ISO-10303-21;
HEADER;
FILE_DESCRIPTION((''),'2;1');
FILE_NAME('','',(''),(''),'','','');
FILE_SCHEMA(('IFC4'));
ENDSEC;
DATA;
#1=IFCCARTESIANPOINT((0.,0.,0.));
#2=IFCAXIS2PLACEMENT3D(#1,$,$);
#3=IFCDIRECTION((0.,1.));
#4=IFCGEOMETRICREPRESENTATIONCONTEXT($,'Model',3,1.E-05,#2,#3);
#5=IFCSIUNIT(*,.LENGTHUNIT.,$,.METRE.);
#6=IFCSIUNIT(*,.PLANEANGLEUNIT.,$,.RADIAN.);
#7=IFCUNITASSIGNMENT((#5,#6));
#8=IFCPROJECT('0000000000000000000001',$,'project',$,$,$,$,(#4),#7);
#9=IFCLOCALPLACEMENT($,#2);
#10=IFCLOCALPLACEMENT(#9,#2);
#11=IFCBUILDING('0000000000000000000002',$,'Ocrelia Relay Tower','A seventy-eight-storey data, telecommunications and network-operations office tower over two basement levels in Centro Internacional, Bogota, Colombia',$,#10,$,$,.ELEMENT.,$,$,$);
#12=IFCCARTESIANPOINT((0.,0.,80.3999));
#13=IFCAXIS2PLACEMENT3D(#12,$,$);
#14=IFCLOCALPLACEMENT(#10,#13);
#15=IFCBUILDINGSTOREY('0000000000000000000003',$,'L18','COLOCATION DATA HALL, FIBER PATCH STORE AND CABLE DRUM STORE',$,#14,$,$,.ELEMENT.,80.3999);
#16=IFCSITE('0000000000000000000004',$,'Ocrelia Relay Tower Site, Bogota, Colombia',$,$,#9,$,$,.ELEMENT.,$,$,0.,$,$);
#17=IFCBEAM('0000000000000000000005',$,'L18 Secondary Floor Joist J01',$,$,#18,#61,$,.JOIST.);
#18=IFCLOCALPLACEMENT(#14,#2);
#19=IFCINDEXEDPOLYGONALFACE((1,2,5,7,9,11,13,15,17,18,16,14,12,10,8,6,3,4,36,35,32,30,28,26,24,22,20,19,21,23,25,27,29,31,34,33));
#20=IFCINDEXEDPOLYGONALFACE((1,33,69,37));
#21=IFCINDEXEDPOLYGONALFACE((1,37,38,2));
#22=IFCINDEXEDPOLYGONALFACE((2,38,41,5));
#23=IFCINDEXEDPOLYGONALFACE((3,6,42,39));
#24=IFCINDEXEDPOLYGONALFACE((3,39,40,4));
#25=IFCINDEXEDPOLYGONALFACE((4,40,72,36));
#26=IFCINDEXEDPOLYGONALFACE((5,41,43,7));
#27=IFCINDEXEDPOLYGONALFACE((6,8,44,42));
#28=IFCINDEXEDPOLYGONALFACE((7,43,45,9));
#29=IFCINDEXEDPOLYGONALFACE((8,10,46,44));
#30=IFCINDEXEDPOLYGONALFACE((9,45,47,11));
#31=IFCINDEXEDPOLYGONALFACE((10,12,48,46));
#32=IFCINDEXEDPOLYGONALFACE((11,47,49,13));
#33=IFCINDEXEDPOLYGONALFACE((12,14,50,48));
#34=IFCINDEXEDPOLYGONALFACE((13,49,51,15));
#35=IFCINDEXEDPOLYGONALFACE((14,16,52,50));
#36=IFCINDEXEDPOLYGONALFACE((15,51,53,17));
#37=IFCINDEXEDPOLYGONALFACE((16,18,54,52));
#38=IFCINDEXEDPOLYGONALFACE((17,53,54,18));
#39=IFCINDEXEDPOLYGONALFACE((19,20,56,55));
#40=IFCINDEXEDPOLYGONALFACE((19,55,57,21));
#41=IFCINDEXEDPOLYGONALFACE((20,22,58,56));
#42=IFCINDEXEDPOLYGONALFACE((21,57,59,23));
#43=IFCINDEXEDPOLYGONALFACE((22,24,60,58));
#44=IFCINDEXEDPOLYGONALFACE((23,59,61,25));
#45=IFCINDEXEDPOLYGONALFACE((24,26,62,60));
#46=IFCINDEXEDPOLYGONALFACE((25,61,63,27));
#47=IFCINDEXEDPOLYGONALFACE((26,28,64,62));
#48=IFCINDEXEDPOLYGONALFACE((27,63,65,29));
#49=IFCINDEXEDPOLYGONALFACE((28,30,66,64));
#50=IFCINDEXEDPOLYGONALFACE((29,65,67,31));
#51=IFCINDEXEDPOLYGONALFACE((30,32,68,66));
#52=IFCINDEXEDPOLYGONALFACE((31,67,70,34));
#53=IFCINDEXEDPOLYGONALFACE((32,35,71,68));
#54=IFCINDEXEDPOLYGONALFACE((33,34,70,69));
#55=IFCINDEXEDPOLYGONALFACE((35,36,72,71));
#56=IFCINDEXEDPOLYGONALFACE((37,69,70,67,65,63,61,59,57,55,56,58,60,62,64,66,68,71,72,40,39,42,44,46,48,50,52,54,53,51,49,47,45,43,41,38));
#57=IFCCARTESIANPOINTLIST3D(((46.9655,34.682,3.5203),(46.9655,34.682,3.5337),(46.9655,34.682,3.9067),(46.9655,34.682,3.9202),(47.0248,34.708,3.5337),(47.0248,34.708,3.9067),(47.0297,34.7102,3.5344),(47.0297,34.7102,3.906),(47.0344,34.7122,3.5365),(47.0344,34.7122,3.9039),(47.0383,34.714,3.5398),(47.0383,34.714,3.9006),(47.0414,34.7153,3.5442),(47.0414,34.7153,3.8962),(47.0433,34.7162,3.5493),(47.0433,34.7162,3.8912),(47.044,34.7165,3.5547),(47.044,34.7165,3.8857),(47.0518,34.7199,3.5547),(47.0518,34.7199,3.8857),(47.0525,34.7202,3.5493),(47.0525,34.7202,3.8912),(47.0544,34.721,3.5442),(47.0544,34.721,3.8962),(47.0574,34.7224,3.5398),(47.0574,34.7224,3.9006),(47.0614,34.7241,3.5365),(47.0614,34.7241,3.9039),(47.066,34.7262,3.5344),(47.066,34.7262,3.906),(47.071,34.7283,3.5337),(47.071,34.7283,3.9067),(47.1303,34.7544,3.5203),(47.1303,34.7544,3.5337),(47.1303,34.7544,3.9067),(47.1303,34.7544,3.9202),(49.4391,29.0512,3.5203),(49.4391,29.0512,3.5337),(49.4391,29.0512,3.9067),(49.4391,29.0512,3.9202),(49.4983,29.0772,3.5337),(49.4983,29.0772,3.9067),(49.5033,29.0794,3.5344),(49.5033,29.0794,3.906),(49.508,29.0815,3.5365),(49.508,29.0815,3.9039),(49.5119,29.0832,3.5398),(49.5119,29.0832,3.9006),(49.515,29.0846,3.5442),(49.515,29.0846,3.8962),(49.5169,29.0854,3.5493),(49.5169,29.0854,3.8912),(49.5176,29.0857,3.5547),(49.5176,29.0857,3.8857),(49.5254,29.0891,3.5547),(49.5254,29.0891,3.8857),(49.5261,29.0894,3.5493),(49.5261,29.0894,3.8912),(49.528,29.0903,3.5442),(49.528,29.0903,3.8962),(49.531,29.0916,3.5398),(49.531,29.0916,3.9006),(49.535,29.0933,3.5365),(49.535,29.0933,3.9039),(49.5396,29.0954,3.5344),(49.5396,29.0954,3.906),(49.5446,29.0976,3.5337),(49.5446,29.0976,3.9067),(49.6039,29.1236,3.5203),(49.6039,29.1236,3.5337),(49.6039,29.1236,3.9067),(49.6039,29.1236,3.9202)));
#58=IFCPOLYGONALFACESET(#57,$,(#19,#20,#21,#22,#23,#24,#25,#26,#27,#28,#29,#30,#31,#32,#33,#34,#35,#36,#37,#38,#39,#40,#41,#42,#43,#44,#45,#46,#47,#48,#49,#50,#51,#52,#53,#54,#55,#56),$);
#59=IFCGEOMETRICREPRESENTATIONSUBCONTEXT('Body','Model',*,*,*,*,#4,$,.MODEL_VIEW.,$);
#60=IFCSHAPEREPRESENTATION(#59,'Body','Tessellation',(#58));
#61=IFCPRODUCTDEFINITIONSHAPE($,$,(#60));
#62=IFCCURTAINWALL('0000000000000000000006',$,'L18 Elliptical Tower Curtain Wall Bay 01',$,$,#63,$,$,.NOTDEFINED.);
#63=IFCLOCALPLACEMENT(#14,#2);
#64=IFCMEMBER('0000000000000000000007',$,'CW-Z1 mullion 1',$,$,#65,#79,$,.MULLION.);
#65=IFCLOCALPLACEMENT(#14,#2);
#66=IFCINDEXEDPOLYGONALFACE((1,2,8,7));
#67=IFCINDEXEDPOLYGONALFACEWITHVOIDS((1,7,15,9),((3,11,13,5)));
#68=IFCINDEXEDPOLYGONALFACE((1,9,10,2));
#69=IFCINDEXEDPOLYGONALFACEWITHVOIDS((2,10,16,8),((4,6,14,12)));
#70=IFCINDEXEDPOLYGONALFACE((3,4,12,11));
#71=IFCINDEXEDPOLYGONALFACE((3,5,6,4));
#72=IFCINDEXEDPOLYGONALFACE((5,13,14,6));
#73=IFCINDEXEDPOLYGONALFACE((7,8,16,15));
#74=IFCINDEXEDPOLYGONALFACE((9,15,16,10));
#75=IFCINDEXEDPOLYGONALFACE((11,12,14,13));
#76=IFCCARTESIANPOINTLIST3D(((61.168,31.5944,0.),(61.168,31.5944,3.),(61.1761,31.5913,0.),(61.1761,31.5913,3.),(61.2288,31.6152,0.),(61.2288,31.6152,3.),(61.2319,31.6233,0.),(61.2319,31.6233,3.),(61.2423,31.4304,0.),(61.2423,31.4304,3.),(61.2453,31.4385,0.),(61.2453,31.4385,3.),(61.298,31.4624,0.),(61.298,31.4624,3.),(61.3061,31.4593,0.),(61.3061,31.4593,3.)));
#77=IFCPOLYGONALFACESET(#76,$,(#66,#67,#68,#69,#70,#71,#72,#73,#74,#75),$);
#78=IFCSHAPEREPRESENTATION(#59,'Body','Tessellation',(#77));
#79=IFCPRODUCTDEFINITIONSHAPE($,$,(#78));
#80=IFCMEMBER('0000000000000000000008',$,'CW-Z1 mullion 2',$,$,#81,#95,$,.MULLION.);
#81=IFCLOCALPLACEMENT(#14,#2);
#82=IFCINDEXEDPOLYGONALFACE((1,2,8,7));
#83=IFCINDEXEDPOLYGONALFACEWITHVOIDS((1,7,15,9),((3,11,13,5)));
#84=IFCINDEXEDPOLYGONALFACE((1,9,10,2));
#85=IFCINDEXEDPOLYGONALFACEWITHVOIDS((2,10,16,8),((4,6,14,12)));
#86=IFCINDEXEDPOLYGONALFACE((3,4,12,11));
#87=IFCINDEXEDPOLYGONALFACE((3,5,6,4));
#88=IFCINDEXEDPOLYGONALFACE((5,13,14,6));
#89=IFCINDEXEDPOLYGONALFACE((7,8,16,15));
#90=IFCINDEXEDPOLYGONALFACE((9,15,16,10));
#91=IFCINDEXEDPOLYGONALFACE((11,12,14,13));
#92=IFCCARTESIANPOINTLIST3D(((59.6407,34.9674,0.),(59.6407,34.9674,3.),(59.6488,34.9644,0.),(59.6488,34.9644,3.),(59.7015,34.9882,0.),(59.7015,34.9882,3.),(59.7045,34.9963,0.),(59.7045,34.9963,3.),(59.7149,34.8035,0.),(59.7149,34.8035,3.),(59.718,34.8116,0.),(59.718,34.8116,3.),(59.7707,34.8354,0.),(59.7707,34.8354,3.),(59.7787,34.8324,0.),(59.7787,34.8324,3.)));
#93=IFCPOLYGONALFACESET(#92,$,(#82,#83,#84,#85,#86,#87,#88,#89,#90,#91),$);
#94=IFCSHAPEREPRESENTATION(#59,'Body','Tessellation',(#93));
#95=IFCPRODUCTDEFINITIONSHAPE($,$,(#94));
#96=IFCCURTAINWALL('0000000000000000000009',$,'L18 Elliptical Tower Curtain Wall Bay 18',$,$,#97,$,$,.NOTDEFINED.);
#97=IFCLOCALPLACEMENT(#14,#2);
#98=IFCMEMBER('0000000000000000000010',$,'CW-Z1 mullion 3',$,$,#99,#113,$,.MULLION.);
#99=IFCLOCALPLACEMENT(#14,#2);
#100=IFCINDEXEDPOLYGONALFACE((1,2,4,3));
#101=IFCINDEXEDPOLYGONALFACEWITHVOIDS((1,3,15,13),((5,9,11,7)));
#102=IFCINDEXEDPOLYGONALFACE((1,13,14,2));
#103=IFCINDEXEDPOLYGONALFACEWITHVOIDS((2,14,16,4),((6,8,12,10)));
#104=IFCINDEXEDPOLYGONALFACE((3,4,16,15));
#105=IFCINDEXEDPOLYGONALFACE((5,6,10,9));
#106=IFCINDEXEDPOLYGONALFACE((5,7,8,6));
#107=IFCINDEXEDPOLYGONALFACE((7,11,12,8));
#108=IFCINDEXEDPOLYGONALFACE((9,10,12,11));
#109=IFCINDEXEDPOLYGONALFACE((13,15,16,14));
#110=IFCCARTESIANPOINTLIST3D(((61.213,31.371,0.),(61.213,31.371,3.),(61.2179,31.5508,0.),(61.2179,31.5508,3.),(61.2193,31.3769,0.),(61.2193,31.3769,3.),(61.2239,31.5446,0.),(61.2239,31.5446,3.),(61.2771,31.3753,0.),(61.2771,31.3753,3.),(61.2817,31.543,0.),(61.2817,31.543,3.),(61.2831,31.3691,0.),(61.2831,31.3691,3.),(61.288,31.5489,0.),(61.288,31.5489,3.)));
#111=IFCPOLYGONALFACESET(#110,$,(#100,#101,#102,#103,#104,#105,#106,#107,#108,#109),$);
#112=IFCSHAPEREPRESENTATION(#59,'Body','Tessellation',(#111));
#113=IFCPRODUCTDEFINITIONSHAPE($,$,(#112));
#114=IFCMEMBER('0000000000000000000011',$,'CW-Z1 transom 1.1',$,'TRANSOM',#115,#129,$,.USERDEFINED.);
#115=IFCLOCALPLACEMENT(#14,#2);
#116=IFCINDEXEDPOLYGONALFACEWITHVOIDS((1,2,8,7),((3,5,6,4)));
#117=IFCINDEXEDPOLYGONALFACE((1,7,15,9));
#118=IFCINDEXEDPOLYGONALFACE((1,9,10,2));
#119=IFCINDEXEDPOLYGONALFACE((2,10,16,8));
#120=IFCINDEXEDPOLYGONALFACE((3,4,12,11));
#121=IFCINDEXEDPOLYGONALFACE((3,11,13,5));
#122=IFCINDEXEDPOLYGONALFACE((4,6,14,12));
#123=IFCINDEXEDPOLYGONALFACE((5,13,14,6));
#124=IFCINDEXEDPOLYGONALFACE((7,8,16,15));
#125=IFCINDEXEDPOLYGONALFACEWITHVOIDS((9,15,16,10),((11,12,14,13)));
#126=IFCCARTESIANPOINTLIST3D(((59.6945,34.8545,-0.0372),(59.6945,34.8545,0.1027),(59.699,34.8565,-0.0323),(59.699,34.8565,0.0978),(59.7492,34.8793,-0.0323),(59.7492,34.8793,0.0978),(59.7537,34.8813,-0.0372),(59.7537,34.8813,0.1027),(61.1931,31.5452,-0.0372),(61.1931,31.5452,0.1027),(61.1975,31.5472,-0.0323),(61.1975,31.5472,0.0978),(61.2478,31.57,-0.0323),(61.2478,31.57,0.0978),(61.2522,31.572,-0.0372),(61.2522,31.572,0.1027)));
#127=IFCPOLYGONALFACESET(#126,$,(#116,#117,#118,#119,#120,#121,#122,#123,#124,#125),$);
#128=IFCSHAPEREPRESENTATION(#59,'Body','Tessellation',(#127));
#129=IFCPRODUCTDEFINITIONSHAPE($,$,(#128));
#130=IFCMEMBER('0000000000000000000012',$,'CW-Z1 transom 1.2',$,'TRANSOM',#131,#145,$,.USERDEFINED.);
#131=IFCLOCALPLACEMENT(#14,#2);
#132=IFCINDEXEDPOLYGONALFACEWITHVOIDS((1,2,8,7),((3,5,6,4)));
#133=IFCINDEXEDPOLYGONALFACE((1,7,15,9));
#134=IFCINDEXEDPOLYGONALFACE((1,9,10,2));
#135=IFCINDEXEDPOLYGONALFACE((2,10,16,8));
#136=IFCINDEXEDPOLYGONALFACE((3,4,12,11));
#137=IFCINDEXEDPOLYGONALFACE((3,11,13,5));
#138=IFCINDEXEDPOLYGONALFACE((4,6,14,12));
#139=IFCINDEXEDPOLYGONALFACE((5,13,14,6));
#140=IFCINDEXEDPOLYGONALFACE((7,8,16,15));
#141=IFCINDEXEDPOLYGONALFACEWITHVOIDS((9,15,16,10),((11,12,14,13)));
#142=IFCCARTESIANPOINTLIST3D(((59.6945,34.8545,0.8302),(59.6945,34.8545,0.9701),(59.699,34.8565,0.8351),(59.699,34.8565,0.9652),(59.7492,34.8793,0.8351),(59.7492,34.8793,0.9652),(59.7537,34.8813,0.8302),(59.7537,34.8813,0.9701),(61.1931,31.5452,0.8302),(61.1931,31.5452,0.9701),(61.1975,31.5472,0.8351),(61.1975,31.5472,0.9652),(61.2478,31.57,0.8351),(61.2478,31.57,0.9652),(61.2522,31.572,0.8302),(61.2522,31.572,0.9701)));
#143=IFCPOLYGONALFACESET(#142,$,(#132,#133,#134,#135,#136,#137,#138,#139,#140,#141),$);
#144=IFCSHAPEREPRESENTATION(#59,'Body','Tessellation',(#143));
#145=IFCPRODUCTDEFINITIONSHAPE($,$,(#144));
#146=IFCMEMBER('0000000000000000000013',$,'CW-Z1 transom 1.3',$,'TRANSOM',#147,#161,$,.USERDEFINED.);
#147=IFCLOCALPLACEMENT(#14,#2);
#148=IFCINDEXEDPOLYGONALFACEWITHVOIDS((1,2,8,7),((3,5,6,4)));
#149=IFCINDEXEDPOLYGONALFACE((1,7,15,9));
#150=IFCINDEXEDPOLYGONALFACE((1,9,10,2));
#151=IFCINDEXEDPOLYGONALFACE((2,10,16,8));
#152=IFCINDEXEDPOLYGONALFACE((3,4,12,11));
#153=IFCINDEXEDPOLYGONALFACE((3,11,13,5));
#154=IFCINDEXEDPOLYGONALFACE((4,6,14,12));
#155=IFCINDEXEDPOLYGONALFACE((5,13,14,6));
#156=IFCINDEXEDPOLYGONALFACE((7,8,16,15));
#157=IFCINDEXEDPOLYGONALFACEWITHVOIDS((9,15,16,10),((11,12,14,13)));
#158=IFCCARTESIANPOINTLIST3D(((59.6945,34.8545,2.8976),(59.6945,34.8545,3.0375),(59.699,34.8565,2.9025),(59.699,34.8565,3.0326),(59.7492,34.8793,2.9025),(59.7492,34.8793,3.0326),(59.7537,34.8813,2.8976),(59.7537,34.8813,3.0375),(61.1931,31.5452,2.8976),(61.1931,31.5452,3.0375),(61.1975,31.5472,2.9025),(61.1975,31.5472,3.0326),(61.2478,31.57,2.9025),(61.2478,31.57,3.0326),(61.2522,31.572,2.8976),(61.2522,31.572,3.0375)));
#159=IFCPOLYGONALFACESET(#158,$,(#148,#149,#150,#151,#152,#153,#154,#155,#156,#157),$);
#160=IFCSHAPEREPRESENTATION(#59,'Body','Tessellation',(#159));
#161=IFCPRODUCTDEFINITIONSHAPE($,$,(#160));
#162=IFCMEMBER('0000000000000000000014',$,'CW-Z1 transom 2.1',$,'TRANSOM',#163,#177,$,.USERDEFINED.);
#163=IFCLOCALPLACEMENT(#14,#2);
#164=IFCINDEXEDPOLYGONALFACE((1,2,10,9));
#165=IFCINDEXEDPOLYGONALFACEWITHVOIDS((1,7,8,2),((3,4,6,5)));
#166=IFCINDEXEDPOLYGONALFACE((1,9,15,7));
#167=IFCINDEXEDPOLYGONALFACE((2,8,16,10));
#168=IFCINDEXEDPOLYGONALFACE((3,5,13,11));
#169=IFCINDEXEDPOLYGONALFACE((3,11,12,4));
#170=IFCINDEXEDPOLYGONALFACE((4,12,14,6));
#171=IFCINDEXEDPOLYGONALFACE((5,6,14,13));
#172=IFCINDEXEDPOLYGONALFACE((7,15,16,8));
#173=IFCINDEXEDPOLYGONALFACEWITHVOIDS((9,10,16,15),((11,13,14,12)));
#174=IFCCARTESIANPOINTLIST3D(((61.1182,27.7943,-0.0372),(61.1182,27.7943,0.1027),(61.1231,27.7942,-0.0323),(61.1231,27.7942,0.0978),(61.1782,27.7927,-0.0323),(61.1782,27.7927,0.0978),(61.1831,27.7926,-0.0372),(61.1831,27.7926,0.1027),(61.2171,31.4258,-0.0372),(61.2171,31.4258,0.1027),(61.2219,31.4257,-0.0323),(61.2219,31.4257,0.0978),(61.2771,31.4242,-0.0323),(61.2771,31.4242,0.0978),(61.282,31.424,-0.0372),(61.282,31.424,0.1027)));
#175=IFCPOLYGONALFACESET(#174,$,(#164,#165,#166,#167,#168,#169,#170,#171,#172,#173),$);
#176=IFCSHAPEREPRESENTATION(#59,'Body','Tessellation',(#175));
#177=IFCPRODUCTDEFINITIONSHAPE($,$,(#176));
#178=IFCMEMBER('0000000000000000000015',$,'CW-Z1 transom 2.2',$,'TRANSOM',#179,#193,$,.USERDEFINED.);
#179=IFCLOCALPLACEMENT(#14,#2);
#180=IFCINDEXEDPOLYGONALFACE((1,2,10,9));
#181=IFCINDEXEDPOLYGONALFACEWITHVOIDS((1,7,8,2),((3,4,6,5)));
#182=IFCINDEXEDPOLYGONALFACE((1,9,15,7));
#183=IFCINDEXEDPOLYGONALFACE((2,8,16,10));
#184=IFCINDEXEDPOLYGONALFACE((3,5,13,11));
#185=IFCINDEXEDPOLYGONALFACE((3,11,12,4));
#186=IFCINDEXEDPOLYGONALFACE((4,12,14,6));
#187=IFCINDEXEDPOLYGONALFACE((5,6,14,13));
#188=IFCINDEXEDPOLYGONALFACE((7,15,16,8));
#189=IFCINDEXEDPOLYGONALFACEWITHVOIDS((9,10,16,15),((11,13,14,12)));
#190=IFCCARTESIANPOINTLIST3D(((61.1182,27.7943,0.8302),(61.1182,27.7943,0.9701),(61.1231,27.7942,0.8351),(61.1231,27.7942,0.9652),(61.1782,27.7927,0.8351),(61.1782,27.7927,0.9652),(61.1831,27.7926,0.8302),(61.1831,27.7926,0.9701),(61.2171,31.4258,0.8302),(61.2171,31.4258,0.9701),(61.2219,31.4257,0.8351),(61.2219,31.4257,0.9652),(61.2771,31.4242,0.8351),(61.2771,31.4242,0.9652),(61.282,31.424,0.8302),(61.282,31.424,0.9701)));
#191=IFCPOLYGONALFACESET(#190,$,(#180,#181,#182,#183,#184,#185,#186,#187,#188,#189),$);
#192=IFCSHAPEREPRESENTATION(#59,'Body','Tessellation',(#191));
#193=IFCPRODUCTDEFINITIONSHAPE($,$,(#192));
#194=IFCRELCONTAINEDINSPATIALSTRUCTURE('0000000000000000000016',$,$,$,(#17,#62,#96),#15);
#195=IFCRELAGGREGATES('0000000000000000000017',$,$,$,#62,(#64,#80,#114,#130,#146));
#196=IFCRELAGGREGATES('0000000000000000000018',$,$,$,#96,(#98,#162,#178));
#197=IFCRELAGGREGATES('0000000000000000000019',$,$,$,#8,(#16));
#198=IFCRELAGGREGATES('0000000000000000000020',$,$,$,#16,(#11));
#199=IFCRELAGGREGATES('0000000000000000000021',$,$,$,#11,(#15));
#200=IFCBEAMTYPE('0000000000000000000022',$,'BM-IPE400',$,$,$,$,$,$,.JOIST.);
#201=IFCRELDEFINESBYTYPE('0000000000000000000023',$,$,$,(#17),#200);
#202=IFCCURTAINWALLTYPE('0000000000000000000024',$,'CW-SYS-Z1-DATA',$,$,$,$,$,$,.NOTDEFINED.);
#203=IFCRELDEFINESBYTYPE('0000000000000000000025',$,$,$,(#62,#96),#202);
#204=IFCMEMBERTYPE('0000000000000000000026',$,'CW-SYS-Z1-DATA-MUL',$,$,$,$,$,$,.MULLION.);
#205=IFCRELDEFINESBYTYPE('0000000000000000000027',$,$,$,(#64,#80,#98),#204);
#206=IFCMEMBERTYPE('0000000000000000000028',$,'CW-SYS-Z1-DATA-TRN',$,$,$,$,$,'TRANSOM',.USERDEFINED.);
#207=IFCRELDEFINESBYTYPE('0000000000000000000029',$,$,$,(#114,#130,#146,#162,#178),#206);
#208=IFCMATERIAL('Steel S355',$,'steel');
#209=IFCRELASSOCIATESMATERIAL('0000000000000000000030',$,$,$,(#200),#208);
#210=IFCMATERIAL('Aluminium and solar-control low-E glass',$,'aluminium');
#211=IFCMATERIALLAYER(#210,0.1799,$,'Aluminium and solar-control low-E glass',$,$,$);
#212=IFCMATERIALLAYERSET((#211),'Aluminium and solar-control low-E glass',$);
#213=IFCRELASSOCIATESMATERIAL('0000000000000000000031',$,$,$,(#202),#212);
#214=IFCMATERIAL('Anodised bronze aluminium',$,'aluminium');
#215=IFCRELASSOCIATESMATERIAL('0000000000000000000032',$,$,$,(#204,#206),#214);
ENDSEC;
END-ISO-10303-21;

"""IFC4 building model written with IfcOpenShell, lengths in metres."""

from ifc_helpers import new_model, si_unit, direction, frame, origin, origin_2d, place, context, subcontext, project, spatial, hollow_rectangle, i_section, extrude, material, layer, layer_set, material_profile, profile_set, type_object, element, aggregate, save


model = new_model("IFC4")

# Units and contexts
model_context = context("Model", 3, precision=1e-05, world=origin(), true_north=direction((0.0, 1.0)))
body_context = subcontext(model_context, "Body", "Model", "MODEL_VIEW")
ifc_project = project(units=[si_unit("LENGTHUNIT", "METRE"), si_unit("PLANEANGLEUNIT", "RADIAN")], contexts=[model_context])

# Site, building, storey
site_placement = place(None, origin())
site = spatial("IfcSite", under=ifc_project, at=site_placement, Name="Ocrelia Relay Tower Site, Bogota, Colombia", CompositionType="ELEMENT", RefElevation=0.0)
building_placement = place(site_placement, origin())
building = spatial("IfcBuilding", under=site, at=building_placement, Name="Ocrelia Relay Tower", Description="A seventy-eight-storey data, telecommunications and network-operations office tower over two basement levels in Centro Internacional, Bogota, Colombia", CompositionType="ELEMENT")
storey_placement = place(building_placement, frame((0.0, 0.0, 80.3999)))
storey = spatial("IfcBuildingStorey", under=building, at=storey_placement, Name="L18", Description="COLOCATION DATA HALL, FIBER PATCH STORE AND CABLE DRUM STORE", CompositionType="ELEMENT", Elevation=80.3999)

# Beam
ifc_material_1 = material(Name="Steel S355", Category="steel")
ifc_material_profile_1 = material_profile(ifc_material_1, i_section(OverallWidth=0.1799, OverallDepth=0.3999, WebThickness=0.0085, FlangeThickness=0.0134, FilletRadius=0.021, at=origin_2d()), Name="IPE 400")
ifc_profile_set_1 = profile_set([ifc_material_profile_1], Name="Steel S355")
beam_type_1 = type_object("IfcBeamType", Name="BM-IPE400", PredefinedType="JOIST", material=ifc_profile_set_1)
beam_1_placement = place(storey_placement, frame((49.5215, 29.0874, 3.7202), z_axis=(-0.402201, 0.915551, 0.0), x_axis=(-0.915551, -0.402201, 0.0)))
element("IfcBeam", 1, at=beam_1_placement, inside=storey, type_object=beam_type_1, Name="L18 Secondary Floor Joist J01", PredefinedType="JOIST", context=body_context, shape_type="SweptSolid", body=[
    extrude(i_section(OverallWidth=0.1799, OverallDepth=0.3999, WebThickness=0.0085, FlangeThickness=0.0134, FilletRadius=0.021, at=origin_2d()), origin(), (0.0, 0.0, 1.0), 6.1501),
])

# Curtain wall, members
ifc_material_2 = material(Name="Aluminium and solar-control low-E glass", Category="aluminium")
ifc_layer_1 = layer(ifc_material_2, 0.1799, Name="Aluminium and solar-control low-E glass")
ifc_layer_set_1 = layer_set([ifc_layer_1], Name="Aluminium and solar-control low-E glass")
curtain_wall_type = type_object("IfcCurtainWallType", Name="CW-SYS-Z1-DATA", PredefinedType="NOTDEFINED", material=ifc_layer_set_1)
curtain_wall_1_placement = place(storey_placement, origin())
curtain_wall_1 = element("IfcCurtainWall", 2, at=curtain_wall_1_placement, inside=storey, type_object=curtain_wall_type, Name="L18 Elliptical Tower Curtain Wall Bay 01", PredefinedType="NOTDEFINED")
ifc_material_3 = material(Name="Anodised bronze aluminium", Category="aluminium")
ifc_material_profile_2 = material_profile(ifc_material_3, hollow_rectangle(XDim=0.0701, YDim=0.1799, WallThickness=0.0061, at=origin_2d()), Name="CW-MUL-180x70")
ifc_profile_set_2 = profile_set([ifc_material_profile_2], Name="Anodised bronze aluminium")
member_type_1 = type_object("IfcMemberType", Name="CW-SYS-Z1-DATA-MUL", PredefinedType="MULLION", material=ifc_profile_set_2)
member_1_placement = place(storey_placement, frame((61.2371, 31.5269, 0.0), z_axis=(0.0, 0.0, 1.0), x_axis=(-0.910971, -0.412471, 0.0)))
member_1 = element("IfcMember", 3, at=member_1_placement, type_object=member_type_1, Name="CW-Z1 mullion 1", PredefinedType="MULLION", context=body_context, shape_type="SweptSolid", body=[
    extrude(hollow_rectangle(XDim=0.0701, YDim=0.1799, WallThickness=0.0061, at=origin_2d()), origin(), (0.0, 0.0, 1.0), 3.0),
])
member_2_placement = place(storey_placement, frame((59.7097, 34.8999, 0.0), z_axis=(0.0, 0.0, 1.0), x_axis=(-0.910971, -0.412471, 0.0)))
member_2 = element("IfcMember", 4, at=member_2_placement, type_object=member_type_1, Name="CW-Z1 mullion 2", PredefinedType="MULLION", context=body_context, shape_type="SweptSolid", body=[
    extrude(hollow_rectangle(XDim=0.0701, YDim=0.1799, WallThickness=0.0061, at=origin_2d()), origin(), (0.0, 0.0, 1.0), 3.0),
])

# Curtain wall, member
curtain_wall_2_placement = place(storey_placement, origin())
curtain_wall_2 = element("IfcCurtainWall", 5, at=curtain_wall_2_placement, inside=storey, type_object=curtain_wall_type, Name="L18 Elliptical Tower Curtain Wall Bay 18", PredefinedType="NOTDEFINED")
member_3_placement = place(storey_placement, frame((61.2505, 31.46, 0.0), z_axis=(0.0, 0.0, 1.0), x_axis=(-0.999629, 0.027222, 0.0)))
member_3 = element("IfcMember", 6, at=member_3_placement, type_object=member_type_1, Name="CW-Z1 mullion 3", PredefinedType="MULLION", context=body_context, shape_type="SweptSolid", body=[
    extrude(hollow_rectangle(XDim=0.0701, YDim=0.1799, WallThickness=0.0061, at=origin_2d()), origin(), (0.0, 0.0, 1.0), 3.0),
])

# Members
ifc_material_profile_3 = material_profile(ifc_material_3, hollow_rectangle(XDim=0.0649, YDim=0.1399, WallThickness=0.0049, at=origin_2d()), Name="CW-TRN-140x65")
ifc_profile_set_3 = profile_set([ifc_material_profile_3], Name="Anodised bronze aluminium")
member_type_2 = type_object("IfcMemberType", Name="CW-SYS-Z1-DATA-TRN", ElementType="TRANSOM", PredefinedType="USERDEFINED", material=ifc_profile_set_3)
member_4_placement = place(storey_placement, frame((61.2227, 31.5586, 0.0327), z_axis=(-0.412501, 0.910957, 0.0), x_axis=(-0.910957, -0.412501, 0.0)))
member_4 = element("IfcMember", 7, at=member_4_placement, type_object=member_type_2, Name="CW-Z1 transom 1.1", ObjectType="TRANSOM", PredefinedType="USERDEFINED", context=body_context, shape_type="SweptSolid", body=[
    extrude(hollow_rectangle(XDim=0.0649, YDim=0.1399, WallThickness=0.0049, at=origin_2d()), origin(), (0.0, 0.0, 1.0), 3.6328),
])
member_5_placement = place(storey_placement, frame((61.2227, 31.5586, 0.9001), z_axis=(-0.412501, 0.910957, 0.0), x_axis=(-0.910957, -0.412501, 0.0)))
member_5 = element("IfcMember", 8, at=member_5_placement, type_object=member_type_2, Name="CW-Z1 transom 1.2", ObjectType="TRANSOM", PredefinedType="USERDEFINED", context=body_context, shape_type="SweptSolid", body=[
    extrude(hollow_rectangle(XDim=0.0649, YDim=0.1399, WallThickness=0.0049, at=origin_2d()), origin(), (0.0, 0.0, 1.0), 3.6328),
])
member_6_placement = place(storey_placement, frame((61.2227, 31.5586, 2.9675), z_axis=(-0.412501, 0.910957, 0.0), x_axis=(-0.910957, -0.412501, 0.0)))
member_6 = element("IfcMember", 9, at=member_6_placement, type_object=member_type_2, Name="CW-Z1 transom 1.3", ObjectType="TRANSOM", PredefinedType="USERDEFINED", context=body_context, shape_type="SweptSolid", body=[
    extrude(hollow_rectangle(XDim=0.0649, YDim=0.1399, WallThickness=0.0049, at=origin_2d()), origin(), (0.0, 0.0, 1.0), 3.6328),
])
member_7_placement = place(storey_placement, frame((61.1506, 27.7935, 0.0327), z_axis=(0.027219, 0.99963, 0.0), x_axis=(-0.99963, 0.027219, 0.0)))
member_7 = element("IfcMember", 10, at=member_7_placement, type_object=member_type_2, Name="CW-Z1 transom 2.1", ObjectType="TRANSOM", PredefinedType="USERDEFINED", context=body_context, shape_type="SweptSolid", body=[
    extrude(hollow_rectangle(XDim=0.0649, YDim=0.1399, WallThickness=0.0049, at=origin_2d()), origin(), (0.0, 0.0, 1.0), 3.6328),
])
member_8_placement = place(storey_placement, frame((61.1506, 27.7935, 0.9001), z_axis=(0.027219, 0.99963, 0.0), x_axis=(-0.99963, 0.027219, 0.0)))
member_8 = element("IfcMember", 11, at=member_8_placement, type_object=member_type_2, Name="CW-Z1 transom 2.2", ObjectType="TRANSOM", PredefinedType="USERDEFINED", context=body_context, shape_type="SweptSolid", body=[
    extrude(hollow_rectangle(XDim=0.0649, YDim=0.1399, WallThickness=0.0049, at=origin_2d()), origin(), (0.0, 0.0, 1.0), 3.6328),
])

aggregate(curtain_wall_1, [member_1, member_2, member_4, member_5, member_6])
aggregate(curtain_wall_2, [member_3, member_7, member_8])

save(model, "model.ifc")
